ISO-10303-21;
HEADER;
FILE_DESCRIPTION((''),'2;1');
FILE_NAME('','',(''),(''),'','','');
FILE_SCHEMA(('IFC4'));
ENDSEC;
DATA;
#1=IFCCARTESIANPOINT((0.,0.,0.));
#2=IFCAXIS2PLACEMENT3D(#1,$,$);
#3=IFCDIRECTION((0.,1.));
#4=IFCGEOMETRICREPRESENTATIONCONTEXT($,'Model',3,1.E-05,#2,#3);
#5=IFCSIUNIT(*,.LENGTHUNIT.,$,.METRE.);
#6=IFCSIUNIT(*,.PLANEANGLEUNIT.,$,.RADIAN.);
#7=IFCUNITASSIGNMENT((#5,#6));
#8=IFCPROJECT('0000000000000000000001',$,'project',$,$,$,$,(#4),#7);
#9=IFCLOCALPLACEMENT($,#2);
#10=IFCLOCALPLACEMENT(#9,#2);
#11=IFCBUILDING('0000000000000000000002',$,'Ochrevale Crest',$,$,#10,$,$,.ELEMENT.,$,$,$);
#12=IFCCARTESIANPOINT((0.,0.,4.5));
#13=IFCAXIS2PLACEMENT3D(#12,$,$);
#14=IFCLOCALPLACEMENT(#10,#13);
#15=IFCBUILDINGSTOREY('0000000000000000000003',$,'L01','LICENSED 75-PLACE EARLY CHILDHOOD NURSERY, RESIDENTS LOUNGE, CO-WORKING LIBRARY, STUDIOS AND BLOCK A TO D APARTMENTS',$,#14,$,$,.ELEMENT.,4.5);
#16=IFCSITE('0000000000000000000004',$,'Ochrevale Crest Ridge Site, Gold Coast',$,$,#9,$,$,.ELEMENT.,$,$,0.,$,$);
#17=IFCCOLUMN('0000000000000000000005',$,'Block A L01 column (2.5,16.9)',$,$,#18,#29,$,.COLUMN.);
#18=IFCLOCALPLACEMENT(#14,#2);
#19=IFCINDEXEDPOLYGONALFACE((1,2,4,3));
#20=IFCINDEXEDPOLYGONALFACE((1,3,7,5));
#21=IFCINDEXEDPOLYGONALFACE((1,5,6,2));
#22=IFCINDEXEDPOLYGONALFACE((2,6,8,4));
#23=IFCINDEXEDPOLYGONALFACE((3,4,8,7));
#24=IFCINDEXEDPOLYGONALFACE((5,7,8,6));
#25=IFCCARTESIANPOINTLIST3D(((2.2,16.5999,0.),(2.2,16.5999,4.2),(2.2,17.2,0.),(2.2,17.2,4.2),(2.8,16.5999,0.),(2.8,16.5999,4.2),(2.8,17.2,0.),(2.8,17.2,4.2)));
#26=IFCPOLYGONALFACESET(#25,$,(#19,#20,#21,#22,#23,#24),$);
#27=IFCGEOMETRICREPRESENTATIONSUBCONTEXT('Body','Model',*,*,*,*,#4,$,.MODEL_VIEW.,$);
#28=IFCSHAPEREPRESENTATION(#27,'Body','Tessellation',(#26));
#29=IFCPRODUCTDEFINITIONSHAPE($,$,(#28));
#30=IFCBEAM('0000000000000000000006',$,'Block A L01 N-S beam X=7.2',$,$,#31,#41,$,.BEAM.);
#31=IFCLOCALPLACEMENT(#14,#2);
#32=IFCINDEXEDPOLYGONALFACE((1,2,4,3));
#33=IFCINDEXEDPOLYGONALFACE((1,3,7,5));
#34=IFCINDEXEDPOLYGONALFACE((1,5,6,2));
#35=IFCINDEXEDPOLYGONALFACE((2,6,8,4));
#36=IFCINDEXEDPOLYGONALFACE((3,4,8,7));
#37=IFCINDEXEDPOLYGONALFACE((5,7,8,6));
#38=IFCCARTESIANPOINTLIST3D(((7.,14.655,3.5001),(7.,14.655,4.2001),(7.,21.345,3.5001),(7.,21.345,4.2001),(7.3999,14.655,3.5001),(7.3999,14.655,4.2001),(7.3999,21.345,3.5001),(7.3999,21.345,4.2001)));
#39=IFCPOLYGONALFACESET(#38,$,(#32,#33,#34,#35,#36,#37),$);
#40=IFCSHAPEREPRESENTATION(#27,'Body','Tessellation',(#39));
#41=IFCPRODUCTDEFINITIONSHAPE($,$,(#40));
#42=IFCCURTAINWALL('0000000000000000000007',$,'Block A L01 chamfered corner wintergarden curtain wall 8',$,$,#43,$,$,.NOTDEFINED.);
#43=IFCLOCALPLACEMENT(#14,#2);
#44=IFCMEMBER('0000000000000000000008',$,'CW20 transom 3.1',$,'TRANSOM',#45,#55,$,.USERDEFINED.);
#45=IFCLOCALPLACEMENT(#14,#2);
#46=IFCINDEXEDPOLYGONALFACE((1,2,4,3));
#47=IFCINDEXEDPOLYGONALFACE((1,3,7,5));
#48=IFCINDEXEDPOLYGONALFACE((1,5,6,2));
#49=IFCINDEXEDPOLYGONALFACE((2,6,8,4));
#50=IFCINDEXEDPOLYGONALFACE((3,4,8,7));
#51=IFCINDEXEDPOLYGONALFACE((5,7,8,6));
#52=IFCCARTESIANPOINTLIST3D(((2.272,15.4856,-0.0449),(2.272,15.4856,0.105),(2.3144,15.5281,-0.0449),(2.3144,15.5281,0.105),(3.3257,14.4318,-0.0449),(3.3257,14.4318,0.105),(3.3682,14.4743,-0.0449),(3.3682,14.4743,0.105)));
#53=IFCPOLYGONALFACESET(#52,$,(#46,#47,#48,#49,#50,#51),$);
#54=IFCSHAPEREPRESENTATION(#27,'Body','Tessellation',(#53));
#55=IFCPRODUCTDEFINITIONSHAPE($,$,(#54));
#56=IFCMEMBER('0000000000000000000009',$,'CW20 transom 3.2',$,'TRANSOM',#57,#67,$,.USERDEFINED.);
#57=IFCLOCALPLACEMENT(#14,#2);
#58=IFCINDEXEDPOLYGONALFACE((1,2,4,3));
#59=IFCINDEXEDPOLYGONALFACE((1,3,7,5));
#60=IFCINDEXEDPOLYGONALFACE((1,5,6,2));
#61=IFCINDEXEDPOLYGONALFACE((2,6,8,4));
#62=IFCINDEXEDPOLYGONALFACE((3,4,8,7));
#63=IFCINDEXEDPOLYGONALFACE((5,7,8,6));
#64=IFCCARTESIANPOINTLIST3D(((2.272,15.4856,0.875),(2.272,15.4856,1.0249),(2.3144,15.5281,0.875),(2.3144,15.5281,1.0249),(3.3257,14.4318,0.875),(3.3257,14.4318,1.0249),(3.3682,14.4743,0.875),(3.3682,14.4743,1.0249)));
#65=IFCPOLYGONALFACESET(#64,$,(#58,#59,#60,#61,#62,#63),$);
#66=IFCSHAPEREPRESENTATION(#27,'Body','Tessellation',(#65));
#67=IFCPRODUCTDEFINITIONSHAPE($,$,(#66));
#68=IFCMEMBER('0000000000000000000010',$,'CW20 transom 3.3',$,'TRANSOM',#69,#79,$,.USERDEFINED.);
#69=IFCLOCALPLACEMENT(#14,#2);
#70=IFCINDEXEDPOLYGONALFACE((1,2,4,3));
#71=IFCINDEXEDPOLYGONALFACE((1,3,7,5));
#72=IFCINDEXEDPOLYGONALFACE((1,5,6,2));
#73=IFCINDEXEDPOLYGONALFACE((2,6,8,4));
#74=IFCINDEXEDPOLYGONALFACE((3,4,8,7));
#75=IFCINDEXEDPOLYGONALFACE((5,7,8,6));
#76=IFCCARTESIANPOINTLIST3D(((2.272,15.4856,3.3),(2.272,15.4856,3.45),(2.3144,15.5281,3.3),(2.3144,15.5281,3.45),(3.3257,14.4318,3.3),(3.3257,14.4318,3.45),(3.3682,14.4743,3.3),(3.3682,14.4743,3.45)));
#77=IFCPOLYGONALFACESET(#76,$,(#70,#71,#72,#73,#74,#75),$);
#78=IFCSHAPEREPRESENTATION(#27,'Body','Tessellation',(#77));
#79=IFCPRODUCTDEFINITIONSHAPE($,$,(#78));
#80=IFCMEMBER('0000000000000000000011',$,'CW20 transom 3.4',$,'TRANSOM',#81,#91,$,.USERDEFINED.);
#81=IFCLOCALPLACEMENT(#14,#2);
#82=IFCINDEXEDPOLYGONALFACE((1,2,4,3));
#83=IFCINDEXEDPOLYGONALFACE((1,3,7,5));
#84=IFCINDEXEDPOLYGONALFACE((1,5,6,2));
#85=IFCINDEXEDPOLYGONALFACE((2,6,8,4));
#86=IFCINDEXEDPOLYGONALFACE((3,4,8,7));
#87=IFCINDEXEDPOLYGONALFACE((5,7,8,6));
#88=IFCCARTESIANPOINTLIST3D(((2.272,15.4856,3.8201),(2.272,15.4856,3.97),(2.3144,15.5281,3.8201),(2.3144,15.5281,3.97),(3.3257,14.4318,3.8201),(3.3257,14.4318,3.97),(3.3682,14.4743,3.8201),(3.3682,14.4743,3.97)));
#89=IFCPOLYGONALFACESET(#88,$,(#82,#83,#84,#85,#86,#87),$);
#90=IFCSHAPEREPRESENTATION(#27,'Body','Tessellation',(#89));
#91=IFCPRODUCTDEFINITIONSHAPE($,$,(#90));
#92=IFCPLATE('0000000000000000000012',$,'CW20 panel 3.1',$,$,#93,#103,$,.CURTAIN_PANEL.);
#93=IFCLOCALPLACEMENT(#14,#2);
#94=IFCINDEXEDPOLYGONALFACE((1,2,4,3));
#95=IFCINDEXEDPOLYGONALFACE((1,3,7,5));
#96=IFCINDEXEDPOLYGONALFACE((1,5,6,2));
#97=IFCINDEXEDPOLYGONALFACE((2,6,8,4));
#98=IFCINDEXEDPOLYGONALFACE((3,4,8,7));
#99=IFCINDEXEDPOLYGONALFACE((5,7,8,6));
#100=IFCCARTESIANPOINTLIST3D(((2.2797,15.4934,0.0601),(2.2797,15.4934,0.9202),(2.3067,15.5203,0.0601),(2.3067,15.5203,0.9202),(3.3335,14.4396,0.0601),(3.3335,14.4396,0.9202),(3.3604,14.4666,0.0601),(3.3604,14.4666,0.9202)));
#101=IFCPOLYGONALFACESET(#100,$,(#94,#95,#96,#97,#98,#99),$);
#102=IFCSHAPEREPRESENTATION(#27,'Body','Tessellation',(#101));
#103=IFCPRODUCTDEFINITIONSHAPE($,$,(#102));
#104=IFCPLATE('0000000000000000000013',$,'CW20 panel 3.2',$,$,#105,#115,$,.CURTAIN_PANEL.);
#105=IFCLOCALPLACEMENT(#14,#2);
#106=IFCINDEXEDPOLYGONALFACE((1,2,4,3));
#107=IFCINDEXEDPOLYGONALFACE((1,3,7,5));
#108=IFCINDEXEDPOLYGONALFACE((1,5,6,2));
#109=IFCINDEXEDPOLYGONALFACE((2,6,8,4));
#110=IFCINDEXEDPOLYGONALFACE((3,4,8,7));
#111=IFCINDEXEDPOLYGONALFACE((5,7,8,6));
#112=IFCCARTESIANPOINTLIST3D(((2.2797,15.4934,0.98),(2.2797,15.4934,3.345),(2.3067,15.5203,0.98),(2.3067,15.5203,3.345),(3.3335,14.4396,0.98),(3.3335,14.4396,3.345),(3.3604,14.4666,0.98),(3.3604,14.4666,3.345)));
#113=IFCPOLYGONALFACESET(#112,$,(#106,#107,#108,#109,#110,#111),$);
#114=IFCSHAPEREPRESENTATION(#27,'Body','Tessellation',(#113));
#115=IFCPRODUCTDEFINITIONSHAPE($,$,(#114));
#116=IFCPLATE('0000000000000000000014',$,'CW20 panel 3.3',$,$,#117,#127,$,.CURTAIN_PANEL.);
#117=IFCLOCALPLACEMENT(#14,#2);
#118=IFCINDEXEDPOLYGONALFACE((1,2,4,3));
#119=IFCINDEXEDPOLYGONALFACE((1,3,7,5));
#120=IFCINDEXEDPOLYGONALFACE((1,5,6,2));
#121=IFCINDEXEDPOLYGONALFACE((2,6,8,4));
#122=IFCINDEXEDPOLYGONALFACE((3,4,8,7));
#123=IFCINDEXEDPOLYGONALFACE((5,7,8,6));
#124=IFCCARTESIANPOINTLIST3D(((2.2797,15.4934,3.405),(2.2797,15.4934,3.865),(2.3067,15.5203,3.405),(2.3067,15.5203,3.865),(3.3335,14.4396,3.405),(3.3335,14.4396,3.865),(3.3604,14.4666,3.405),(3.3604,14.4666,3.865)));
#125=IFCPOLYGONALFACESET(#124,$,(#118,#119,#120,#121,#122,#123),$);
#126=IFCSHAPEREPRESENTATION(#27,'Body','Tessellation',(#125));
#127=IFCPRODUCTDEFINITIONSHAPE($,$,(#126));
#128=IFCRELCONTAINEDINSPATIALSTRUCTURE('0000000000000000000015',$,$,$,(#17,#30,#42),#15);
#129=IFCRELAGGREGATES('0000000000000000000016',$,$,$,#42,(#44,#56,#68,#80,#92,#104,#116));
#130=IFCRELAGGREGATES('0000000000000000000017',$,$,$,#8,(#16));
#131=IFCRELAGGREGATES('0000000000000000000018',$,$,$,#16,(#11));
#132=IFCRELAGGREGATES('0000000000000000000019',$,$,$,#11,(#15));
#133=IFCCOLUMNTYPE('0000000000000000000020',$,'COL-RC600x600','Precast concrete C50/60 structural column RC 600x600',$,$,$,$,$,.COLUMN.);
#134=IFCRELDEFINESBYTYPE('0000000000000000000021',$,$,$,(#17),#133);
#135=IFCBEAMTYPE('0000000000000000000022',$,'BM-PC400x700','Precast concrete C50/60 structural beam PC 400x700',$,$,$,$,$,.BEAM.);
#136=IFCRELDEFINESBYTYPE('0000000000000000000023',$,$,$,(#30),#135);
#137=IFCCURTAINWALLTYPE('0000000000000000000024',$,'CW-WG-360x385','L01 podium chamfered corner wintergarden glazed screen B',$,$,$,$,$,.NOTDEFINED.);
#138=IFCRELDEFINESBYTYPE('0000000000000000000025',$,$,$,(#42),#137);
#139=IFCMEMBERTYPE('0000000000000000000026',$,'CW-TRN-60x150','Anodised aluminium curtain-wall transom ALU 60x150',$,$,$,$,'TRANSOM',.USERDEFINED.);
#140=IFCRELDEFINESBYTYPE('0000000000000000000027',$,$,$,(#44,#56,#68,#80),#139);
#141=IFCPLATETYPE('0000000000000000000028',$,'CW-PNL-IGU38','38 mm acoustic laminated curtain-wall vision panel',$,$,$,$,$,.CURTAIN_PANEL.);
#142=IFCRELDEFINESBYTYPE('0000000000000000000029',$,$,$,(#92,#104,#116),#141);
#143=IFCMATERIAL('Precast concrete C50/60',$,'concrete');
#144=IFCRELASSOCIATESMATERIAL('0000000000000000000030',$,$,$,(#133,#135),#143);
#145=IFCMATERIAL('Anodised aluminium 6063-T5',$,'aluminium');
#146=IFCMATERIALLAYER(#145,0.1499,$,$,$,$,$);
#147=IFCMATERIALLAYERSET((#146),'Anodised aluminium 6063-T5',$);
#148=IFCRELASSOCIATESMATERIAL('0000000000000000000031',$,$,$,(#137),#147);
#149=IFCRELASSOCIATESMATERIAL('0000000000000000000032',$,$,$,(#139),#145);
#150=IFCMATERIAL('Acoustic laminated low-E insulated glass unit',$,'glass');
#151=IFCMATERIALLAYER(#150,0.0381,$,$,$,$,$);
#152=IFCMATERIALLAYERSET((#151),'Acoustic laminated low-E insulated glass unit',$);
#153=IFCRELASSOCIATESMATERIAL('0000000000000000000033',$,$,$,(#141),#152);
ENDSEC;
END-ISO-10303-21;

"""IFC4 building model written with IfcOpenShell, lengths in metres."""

from ifc_helpers import new_model, si_unit, direction, frame, origin, origin_2d, place, context, subcontext, project, spatial, rectangle, extrude, material, layer, layer_set, material_profile, profile_set, type_object, element, aggregate, save


model = new_model("IFC4")

# Units and contexts
model_context = context("Model", 3, precision=1e-05, world=origin(), true_north=direction((0.0, 1.0)))
body_context = subcontext(model_context, "Body", "Model", "MODEL_VIEW")
ifc_project = project(units=[si_unit("LENGTHUNIT", "METRE"), si_unit("PLANEANGLEUNIT", "RADIAN")], contexts=[model_context])

# Site, building, storey
site_placement = place(None, origin())
site = spatial("IfcSite", under=ifc_project, at=site_placement, Name="Ochrevale Crest Ridge Site, Gold Coast", CompositionType="ELEMENT", RefElevation=0.0)
building_placement = place(site_placement, origin())
building = spatial("IfcBuilding", under=site, at=building_placement, Name="Ochrevale Crest", CompositionType="ELEMENT")
storey_placement = place(building_placement, frame((0.0, 0.0, 4.5)))
storey = spatial("IfcBuildingStorey", under=building, at=storey_placement, Name="L01", Description="LICENSED 75-PLACE EARLY CHILDHOOD NURSERY, RESIDENTS LOUNGE, CO-WORKING LIBRARY, STUDIOS AND BLOCK A TO D APARTMENTS", CompositionType="ELEMENT", Elevation=4.5)

# Column
ifc_material_1 = material(Name="Precast concrete C50/60", Category="concrete")
ifc_material_profile_1 = material_profile(ifc_material_1, rectangle(XDim=0.6001, YDim=0.6001, at=origin_2d()), Name="RC 600x600")
ifc_profile_set_1 = profile_set([ifc_material_profile_1], Name="Precast concrete C50/60")
column_type = type_object("IfcColumnType", Name="COL-RC600x600", Description="Precast concrete C50/60 structural column RC 600x600", PredefinedType="COLUMN", material=ifc_profile_set_1)
column_placement = place(storey_placement, frame((2.5, 16.8999, 0.0), z_axis=(0.0, 0.0, 1.0), x_axis=(1.0, 0.0, 0.0)))
element("IfcColumn", 1, at=column_placement, inside=storey, type_object=column_type, Name="Block A L01 column (2.5,16.9)", PredefinedType="COLUMN", context=body_context, shape_type="SweptSolid", body=[
    extrude(rectangle(XDim=0.6001, YDim=0.6001, at=origin_2d()), origin(), (0.0, 0.0, 1.0), 4.2),
])

# Beam
ifc_material_profile_2 = material_profile(ifc_material_1, rectangle(XDim=0.3999, YDim=0.7, at=origin_2d()), Name="PC 400x700")
ifc_profile_set_2 = profile_set([ifc_material_profile_2], Name="Precast concrete C50/60")
beam_type = type_object("IfcBeamType", Name="BM-PC400x700", Description="Precast concrete C50/60 structural beam PC 400x700", PredefinedType="BEAM", material=ifc_profile_set_2)
beam_placement = place(storey_placement, frame((7.2, 14.655, 3.8501), z_axis=(0.0, 1.0, 0.0), x_axis=(-1.0, 0.0, 0.0)))
element("IfcBeam", 2, at=beam_placement, inside=storey, type_object=beam_type, Name="Block A L01 N-S beam X=7.2", PredefinedType="BEAM", context=body_context, shape_type="SweptSolid", body=[
    extrude(rectangle(XDim=0.3999, YDim=0.7, at=origin_2d()), origin(), (0.0, 0.0, 1.0), 6.6899),
])

# Curtain wall, members, plates
ifc_material_2 = material(Name="Anodised aluminium 6063-T5", Category="aluminium")
ifc_layer_1 = layer(ifc_material_2, 0.1499)
ifc_layer_set_1 = layer_set([ifc_layer_1], Name="Anodised aluminium 6063-T5")
curtain_wall_type = type_object("IfcCurtainWallType", Name="CW-WG-360x385", Description="L01 podium chamfered corner wintergarden glazed screen B", PredefinedType="NOTDEFINED", material=ifc_layer_set_1)
curtain_wall_placement = place(storey_placement, origin())
curtain_wall = element("IfcCurtainWall", 3, at=curtain_wall_placement, inside=storey, type_object=curtain_wall_type, Name="Block A L01 chamfered corner wintergarden curtain wall 8", PredefinedType="NOTDEFINED")
ifc_material_profile_3 = material_profile(ifc_material_2, rectangle(XDim=0.0601, YDim=0.1499, at=origin_2d()), Name="ALU 60x150")
ifc_profile_set_3 = profile_set([ifc_material_profile_3], Name="Anodised aluminium 6063-T5")
member_type = type_object("IfcMemberType", Name="CW-TRN-60x150", Description="Anodised aluminium curtain-wall transom ALU 60x150", ElementType="TRANSOM", PredefinedType="USERDEFINED", material=ifc_profile_set_3)
member_1_placement = place(storey_placement, frame((2.2932, 15.5068, 0.03), z_axis=(0.707107, -0.707107, 0.0), x_axis=(0.707107, 0.707107, 0.0)))
member_1 = element("IfcMember", 4, at=member_1_placement, type_object=member_type, Name="CW20 transom 3.1", ObjectType="TRANSOM", PredefinedType="USERDEFINED", context=body_context, shape_type="SweptSolid", body=[
    extrude(rectangle(XDim=0.0601, YDim=0.1499, at=origin_2d()), origin(), (0.0, 0.0, 1.0), 1.4902),
])
member_2_placement = place(storey_placement, frame((2.2932, 15.5068, 0.95), z_axis=(0.707107, -0.707107, 0.0), x_axis=(0.707107, 0.707107, 0.0)))
member_2 = element("IfcMember", 5, at=member_2_placement, type_object=member_type, Name="CW20 transom 3.2", ObjectType="TRANSOM", PredefinedType="USERDEFINED", context=body_context, shape_type="SweptSolid", body=[
    extrude(rectangle(XDim=0.0601, YDim=0.1499, at=origin_2d()), origin(), (0.0, 0.0, 1.0), 1.4902),
])
member_3_placement = place(storey_placement, frame((2.2932, 15.5068, 3.375), z_axis=(0.707107, -0.707107, 0.0), x_axis=(0.707107, 0.707107, 0.0)))
member_3 = element("IfcMember", 6, at=member_3_placement, type_object=member_type, Name="CW20 transom 3.3", ObjectType="TRANSOM", PredefinedType="USERDEFINED", context=body_context, shape_type="SweptSolid", body=[
    extrude(rectangle(XDim=0.0601, YDim=0.1499, at=origin_2d()), origin(), (0.0, 0.0, 1.0), 1.4902),
])
member_4_placement = place(storey_placement, frame((2.2932, 15.5068, 3.895), z_axis=(0.707107, -0.707107, 0.0), x_axis=(0.707107, 0.707107, 0.0)))
member_4 = element("IfcMember", 7, at=member_4_placement, type_object=member_type, Name="CW20 transom 3.4", ObjectType="TRANSOM", PredefinedType="USERDEFINED", context=body_context, shape_type="SweptSolid", body=[
    extrude(rectangle(XDim=0.0601, YDim=0.1499, at=origin_2d()), origin(), (0.0, 0.0, 1.0), 1.4902),
])
ifc_material_3 = material(Name="Acoustic laminated low-E insulated glass unit", Category="glass")
ifc_layer_2 = layer(ifc_material_3, 0.0381)
ifc_layer_set_2 = layer_set([ifc_layer_2], Name="Acoustic laminated low-E insulated glass unit")
plate_type = type_object("IfcPlateType", Name="CW-PNL-IGU38", Description="38 mm acoustic laminated curtain-wall vision panel", PredefinedType="CURTAIN_PANEL", material=ifc_layer_set_2)
plate_1_placement = place(storey_placement, frame((2.8201, 14.98, 0.0601), z_axis=(0.0, 0.0, 1.0), x_axis=(0.707107, -0.707107, 0.0)))
plate_1 = element("IfcPlate", 8, at=plate_1_placement, type_object=plate_type, Name="CW20 panel 3.1", PredefinedType="CURTAIN_PANEL", context=body_context, shape_type="SweptSolid", body=[
    extrude(rectangle(XDim=1.4902, YDim=0.0381, at=origin_2d()), origin(), (0.0, 0.0, 1.0), 0.8601),
])
plate_2_placement = place(storey_placement, frame((2.8201, 14.98, 0.98), z_axis=(0.0, 0.0, 1.0), x_axis=(0.707107, -0.707107, 0.0)))
plate_2 = element("IfcPlate", 9, at=plate_2_placement, type_object=plate_type, Name="CW20 panel 3.2", PredefinedType="CURTAIN_PANEL", context=body_context, shape_type="SweptSolid", body=[
    extrude(rectangle(XDim=1.4902, YDim=0.0381, at=origin_2d()), origin(), (0.0, 0.0, 1.0), 2.365),
])
plate_3_placement = place(storey_placement, frame((2.8201, 14.98, 3.405), z_axis=(0.0, 0.0, 1.0), x_axis=(0.707107, -0.707107, 0.0)))
plate_3 = element("IfcPlate", 10, at=plate_3_placement, type_object=plate_type, Name="CW20 panel 3.3", PredefinedType="CURTAIN_PANEL", context=body_context, shape_type="SweptSolid", body=[
    extrude(rectangle(XDim=1.4902, YDim=0.0381, at=origin_2d()), origin(), (0.0, 0.0, 1.0), 0.46),
])
aggregate(curtain_wall, [member_1, member_2, member_3, member_4, plate_1, plate_2, plate_3])

save(model, "model.ifc")
